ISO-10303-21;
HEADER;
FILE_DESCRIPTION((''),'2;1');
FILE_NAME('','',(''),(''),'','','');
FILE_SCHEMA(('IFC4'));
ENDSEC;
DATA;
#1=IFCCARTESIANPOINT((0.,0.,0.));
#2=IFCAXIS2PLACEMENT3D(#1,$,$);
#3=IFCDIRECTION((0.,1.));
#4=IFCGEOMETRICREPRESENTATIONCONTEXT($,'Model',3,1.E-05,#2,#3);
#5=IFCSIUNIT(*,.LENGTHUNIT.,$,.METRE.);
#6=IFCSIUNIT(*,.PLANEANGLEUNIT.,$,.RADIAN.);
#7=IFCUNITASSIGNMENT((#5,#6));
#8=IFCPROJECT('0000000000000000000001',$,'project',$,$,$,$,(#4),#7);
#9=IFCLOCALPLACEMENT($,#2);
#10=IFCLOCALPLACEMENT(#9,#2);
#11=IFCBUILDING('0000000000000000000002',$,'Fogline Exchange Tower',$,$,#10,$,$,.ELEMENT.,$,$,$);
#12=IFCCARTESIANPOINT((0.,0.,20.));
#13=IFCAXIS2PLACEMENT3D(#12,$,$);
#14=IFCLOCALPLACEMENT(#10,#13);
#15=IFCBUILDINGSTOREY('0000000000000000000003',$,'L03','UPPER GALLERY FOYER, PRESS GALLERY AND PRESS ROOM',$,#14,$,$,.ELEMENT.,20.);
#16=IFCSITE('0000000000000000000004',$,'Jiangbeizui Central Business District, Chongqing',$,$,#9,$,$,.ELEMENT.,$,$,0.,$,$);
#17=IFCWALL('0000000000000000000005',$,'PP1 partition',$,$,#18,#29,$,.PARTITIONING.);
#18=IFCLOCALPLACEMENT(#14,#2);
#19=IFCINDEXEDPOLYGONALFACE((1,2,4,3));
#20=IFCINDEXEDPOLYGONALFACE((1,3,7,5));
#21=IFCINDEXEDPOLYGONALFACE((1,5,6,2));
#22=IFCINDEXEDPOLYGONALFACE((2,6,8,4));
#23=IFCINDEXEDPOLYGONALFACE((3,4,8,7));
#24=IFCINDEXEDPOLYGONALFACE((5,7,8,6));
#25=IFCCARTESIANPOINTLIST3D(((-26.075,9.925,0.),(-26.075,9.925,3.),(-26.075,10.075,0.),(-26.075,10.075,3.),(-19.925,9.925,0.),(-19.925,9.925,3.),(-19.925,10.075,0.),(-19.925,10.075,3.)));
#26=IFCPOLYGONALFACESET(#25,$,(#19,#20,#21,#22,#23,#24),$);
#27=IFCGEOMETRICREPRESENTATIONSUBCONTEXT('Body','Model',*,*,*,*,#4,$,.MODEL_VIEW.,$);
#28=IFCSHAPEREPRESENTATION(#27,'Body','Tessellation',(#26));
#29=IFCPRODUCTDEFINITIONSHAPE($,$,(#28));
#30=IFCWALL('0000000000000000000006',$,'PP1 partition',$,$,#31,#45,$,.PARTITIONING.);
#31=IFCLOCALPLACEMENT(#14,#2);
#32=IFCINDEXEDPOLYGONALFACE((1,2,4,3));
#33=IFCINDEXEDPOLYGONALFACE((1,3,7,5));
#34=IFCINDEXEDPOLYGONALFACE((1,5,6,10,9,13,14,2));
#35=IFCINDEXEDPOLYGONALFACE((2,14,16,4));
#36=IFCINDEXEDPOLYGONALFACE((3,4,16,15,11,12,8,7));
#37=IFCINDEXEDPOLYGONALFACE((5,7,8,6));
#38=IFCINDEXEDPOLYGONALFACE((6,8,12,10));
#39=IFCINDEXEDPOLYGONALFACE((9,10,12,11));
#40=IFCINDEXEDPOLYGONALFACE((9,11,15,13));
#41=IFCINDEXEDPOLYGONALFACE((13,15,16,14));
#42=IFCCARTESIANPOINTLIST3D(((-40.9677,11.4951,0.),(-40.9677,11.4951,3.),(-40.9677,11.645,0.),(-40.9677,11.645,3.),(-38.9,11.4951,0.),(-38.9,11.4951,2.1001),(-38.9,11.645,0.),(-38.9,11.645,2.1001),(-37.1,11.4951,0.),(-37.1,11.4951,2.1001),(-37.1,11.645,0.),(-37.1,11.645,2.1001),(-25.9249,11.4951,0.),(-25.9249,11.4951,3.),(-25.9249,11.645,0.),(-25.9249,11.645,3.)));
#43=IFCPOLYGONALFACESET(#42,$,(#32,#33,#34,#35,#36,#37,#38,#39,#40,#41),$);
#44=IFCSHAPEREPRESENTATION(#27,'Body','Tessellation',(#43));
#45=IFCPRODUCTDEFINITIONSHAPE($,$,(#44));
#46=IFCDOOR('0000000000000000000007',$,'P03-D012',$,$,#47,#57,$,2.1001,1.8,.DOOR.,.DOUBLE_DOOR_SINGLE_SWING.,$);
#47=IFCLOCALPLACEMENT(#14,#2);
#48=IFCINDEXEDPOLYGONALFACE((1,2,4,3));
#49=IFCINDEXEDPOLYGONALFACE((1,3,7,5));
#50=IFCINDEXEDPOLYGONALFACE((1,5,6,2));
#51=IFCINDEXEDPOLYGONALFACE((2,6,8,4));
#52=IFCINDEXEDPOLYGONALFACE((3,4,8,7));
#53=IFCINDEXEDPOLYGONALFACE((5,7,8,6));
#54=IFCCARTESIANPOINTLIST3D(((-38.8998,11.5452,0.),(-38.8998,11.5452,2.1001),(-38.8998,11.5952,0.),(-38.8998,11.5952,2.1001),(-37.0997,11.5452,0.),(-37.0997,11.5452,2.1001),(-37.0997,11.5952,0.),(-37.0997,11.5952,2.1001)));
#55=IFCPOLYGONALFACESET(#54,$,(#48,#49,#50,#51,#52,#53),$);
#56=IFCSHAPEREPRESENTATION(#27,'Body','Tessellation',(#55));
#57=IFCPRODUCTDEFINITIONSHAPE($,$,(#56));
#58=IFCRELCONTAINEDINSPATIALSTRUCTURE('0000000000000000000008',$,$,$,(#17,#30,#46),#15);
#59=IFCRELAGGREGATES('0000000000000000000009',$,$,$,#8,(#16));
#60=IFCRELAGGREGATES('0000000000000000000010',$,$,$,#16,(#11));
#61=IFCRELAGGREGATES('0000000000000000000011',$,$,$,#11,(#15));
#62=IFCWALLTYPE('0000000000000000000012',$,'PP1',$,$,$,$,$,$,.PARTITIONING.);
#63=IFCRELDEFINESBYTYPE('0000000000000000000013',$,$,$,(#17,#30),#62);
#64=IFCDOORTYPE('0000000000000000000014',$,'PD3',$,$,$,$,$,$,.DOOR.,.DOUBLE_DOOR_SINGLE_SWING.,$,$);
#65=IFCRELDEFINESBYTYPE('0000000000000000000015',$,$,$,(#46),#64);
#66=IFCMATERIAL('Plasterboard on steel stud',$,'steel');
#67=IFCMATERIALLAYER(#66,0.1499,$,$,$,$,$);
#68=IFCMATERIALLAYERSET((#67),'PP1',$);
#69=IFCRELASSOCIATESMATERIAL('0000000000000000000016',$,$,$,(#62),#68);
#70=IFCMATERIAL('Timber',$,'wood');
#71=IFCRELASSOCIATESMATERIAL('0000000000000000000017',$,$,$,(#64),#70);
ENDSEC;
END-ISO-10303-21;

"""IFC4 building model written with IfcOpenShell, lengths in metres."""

from ifc_helpers import new_model, si_unit, direction, frame, frame_2d, origin, place, context, subcontext, project, spatial, rectangle, extrude, material, layer, layer_set, type_object, element, fill, save


model = new_model("IFC4")

# Units and contexts
model_context = context("Model", 3, precision=1e-05, world=origin(), true_north=direction((0.0, 1.0)))
body_context = subcontext(model_context, "Body", "Model", "MODEL_VIEW")
ifc_project = project(units=[si_unit("LENGTHUNIT", "METRE"), si_unit("PLANEANGLEUNIT", "RADIAN")], contexts=[model_context])

# Site, building, storey
site_placement = place(None, origin())
site = spatial("IfcSite", under=ifc_project, at=site_placement, Name="Jiangbeizui Central Business District, Chongqing", CompositionType="ELEMENT", RefElevation=0.0)
building_placement = place(site_placement, origin())
building = spatial("IfcBuilding", under=site, at=building_placement, Name="Fogline Exchange Tower", CompositionType="ELEMENT")
storey_placement = place(building_placement, frame((0.0, 0.0, 20.0)))
storey = spatial("IfcBuildingStorey", under=building, at=storey_placement, Name="L03", Description="UPPER GALLERY FOYER, PRESS GALLERY AND PRESS ROOM", CompositionType="ELEMENT", Elevation=20.0)

# Wall
ifc_material_1 = material(Name="Plasterboard on steel stud", Category="steel")
ifc_layer_1 = layer(ifc_material_1, 0.1499)
ifc_layer_set_1 = layer_set([ifc_layer_1], Name="PP1")
wall_type_1 = type_object("IfcWallType", Name="PP1", PredefinedType="PARTITIONING", material=ifc_layer_set_1)
wall_1_placement = place(storey_placement, frame((-26.075, 10.0, 0.0), z_axis=(0.0, 0.0, 1.0), x_axis=(1.0, 0.0, 0.0)))
element("IfcWall", 1, at=wall_1_placement, inside=storey, type_object=wall_type_1, Name="PP1 partition", PredefinedType="PARTITIONING", context=body_context, shape_type="SweptSolid", body=[
    extrude(rectangle(XDim=6.1499, YDim=0.1499, at=frame_2d((3.075, 0.0))), origin(), (0.0, 0.0, 1.0), 3.0),
])

# Wall, opening, door
wall_2_placement = place(storey_placement, frame((-40.9678, 11.5701, 0.0), z_axis=(0.0, 0.0, 1.0), x_axis=(1.0, 0.0, 0.0)))
wall_2 = element("IfcWall", 2, at=wall_2_placement, inside=storey, type_object=wall_type_1, Name="PP1 partition", PredefinedType="PARTITIONING", context=body_context, shape_type="SweptSolid", body=[
    extrude(rectangle(XDim=15.0427, YDim=0.1499, at=frame_2d((7.5215, 0.0))), origin(), (0.0, 0.0, 1.0), 3.0),
])
opening_1_placement = place(wall_2_placement, frame((2.0679, 0.0, 0.0)))
opening_1 = element("IfcOpeningElement", 3, at=opening_1_placement, cuts=wall_2, PredefinedType="OPENING", context=body_context, shape_type="SweptSolid", body=[
    extrude(rectangle(XDim=1.8, YDim=2.1001, at=frame_2d((0.8999, 1.05))), frame((0.0, 0.085, 0.0), z_axis=(0.0, -1.0, 0.0), x_axis=(1.0, 0.0, 0.0)), (0.0, 0.0, 1.0), 0.1699),
])
ifc_material_2 = material(Name="Timber", Category="wood")
door_type = type_object("IfcDoorType", Name="PD3", OperationType="DOUBLE_DOOR_SINGLE_SWING", PredefinedType="DOOR", material=ifc_material_2)
door_placement = place(opening_1_placement, frame((1.8, 0.0, 0.0), z_axis=(0.0, 0.0, 1.0), x_axis=(-1.0, 0.0, 0.0)))
door = element("IfcDoor", 4, at=door_placement, inside=storey, type_object=door_type, Name="P03-D012", OperationType="DOUBLE_DOOR_SINGLE_SWING", OverallHeight=2.1001, OverallWidth=1.8, PredefinedType="DOOR", context=body_context, shape_type="SweptSolid", body=[
    extrude(rectangle(XDim=1.8, YDim=2.1001, at=frame_2d((0.8999, 1.05))), frame((0.0, 0.0249, 0.0), z_axis=(0.0, -1.0, 0.0), x_axis=(1.0, 0.0, 0.0)), (0.0, 0.0, 1.0), 0.05),
])
fill(opening_1, door)

save(model, "model.ifc")
